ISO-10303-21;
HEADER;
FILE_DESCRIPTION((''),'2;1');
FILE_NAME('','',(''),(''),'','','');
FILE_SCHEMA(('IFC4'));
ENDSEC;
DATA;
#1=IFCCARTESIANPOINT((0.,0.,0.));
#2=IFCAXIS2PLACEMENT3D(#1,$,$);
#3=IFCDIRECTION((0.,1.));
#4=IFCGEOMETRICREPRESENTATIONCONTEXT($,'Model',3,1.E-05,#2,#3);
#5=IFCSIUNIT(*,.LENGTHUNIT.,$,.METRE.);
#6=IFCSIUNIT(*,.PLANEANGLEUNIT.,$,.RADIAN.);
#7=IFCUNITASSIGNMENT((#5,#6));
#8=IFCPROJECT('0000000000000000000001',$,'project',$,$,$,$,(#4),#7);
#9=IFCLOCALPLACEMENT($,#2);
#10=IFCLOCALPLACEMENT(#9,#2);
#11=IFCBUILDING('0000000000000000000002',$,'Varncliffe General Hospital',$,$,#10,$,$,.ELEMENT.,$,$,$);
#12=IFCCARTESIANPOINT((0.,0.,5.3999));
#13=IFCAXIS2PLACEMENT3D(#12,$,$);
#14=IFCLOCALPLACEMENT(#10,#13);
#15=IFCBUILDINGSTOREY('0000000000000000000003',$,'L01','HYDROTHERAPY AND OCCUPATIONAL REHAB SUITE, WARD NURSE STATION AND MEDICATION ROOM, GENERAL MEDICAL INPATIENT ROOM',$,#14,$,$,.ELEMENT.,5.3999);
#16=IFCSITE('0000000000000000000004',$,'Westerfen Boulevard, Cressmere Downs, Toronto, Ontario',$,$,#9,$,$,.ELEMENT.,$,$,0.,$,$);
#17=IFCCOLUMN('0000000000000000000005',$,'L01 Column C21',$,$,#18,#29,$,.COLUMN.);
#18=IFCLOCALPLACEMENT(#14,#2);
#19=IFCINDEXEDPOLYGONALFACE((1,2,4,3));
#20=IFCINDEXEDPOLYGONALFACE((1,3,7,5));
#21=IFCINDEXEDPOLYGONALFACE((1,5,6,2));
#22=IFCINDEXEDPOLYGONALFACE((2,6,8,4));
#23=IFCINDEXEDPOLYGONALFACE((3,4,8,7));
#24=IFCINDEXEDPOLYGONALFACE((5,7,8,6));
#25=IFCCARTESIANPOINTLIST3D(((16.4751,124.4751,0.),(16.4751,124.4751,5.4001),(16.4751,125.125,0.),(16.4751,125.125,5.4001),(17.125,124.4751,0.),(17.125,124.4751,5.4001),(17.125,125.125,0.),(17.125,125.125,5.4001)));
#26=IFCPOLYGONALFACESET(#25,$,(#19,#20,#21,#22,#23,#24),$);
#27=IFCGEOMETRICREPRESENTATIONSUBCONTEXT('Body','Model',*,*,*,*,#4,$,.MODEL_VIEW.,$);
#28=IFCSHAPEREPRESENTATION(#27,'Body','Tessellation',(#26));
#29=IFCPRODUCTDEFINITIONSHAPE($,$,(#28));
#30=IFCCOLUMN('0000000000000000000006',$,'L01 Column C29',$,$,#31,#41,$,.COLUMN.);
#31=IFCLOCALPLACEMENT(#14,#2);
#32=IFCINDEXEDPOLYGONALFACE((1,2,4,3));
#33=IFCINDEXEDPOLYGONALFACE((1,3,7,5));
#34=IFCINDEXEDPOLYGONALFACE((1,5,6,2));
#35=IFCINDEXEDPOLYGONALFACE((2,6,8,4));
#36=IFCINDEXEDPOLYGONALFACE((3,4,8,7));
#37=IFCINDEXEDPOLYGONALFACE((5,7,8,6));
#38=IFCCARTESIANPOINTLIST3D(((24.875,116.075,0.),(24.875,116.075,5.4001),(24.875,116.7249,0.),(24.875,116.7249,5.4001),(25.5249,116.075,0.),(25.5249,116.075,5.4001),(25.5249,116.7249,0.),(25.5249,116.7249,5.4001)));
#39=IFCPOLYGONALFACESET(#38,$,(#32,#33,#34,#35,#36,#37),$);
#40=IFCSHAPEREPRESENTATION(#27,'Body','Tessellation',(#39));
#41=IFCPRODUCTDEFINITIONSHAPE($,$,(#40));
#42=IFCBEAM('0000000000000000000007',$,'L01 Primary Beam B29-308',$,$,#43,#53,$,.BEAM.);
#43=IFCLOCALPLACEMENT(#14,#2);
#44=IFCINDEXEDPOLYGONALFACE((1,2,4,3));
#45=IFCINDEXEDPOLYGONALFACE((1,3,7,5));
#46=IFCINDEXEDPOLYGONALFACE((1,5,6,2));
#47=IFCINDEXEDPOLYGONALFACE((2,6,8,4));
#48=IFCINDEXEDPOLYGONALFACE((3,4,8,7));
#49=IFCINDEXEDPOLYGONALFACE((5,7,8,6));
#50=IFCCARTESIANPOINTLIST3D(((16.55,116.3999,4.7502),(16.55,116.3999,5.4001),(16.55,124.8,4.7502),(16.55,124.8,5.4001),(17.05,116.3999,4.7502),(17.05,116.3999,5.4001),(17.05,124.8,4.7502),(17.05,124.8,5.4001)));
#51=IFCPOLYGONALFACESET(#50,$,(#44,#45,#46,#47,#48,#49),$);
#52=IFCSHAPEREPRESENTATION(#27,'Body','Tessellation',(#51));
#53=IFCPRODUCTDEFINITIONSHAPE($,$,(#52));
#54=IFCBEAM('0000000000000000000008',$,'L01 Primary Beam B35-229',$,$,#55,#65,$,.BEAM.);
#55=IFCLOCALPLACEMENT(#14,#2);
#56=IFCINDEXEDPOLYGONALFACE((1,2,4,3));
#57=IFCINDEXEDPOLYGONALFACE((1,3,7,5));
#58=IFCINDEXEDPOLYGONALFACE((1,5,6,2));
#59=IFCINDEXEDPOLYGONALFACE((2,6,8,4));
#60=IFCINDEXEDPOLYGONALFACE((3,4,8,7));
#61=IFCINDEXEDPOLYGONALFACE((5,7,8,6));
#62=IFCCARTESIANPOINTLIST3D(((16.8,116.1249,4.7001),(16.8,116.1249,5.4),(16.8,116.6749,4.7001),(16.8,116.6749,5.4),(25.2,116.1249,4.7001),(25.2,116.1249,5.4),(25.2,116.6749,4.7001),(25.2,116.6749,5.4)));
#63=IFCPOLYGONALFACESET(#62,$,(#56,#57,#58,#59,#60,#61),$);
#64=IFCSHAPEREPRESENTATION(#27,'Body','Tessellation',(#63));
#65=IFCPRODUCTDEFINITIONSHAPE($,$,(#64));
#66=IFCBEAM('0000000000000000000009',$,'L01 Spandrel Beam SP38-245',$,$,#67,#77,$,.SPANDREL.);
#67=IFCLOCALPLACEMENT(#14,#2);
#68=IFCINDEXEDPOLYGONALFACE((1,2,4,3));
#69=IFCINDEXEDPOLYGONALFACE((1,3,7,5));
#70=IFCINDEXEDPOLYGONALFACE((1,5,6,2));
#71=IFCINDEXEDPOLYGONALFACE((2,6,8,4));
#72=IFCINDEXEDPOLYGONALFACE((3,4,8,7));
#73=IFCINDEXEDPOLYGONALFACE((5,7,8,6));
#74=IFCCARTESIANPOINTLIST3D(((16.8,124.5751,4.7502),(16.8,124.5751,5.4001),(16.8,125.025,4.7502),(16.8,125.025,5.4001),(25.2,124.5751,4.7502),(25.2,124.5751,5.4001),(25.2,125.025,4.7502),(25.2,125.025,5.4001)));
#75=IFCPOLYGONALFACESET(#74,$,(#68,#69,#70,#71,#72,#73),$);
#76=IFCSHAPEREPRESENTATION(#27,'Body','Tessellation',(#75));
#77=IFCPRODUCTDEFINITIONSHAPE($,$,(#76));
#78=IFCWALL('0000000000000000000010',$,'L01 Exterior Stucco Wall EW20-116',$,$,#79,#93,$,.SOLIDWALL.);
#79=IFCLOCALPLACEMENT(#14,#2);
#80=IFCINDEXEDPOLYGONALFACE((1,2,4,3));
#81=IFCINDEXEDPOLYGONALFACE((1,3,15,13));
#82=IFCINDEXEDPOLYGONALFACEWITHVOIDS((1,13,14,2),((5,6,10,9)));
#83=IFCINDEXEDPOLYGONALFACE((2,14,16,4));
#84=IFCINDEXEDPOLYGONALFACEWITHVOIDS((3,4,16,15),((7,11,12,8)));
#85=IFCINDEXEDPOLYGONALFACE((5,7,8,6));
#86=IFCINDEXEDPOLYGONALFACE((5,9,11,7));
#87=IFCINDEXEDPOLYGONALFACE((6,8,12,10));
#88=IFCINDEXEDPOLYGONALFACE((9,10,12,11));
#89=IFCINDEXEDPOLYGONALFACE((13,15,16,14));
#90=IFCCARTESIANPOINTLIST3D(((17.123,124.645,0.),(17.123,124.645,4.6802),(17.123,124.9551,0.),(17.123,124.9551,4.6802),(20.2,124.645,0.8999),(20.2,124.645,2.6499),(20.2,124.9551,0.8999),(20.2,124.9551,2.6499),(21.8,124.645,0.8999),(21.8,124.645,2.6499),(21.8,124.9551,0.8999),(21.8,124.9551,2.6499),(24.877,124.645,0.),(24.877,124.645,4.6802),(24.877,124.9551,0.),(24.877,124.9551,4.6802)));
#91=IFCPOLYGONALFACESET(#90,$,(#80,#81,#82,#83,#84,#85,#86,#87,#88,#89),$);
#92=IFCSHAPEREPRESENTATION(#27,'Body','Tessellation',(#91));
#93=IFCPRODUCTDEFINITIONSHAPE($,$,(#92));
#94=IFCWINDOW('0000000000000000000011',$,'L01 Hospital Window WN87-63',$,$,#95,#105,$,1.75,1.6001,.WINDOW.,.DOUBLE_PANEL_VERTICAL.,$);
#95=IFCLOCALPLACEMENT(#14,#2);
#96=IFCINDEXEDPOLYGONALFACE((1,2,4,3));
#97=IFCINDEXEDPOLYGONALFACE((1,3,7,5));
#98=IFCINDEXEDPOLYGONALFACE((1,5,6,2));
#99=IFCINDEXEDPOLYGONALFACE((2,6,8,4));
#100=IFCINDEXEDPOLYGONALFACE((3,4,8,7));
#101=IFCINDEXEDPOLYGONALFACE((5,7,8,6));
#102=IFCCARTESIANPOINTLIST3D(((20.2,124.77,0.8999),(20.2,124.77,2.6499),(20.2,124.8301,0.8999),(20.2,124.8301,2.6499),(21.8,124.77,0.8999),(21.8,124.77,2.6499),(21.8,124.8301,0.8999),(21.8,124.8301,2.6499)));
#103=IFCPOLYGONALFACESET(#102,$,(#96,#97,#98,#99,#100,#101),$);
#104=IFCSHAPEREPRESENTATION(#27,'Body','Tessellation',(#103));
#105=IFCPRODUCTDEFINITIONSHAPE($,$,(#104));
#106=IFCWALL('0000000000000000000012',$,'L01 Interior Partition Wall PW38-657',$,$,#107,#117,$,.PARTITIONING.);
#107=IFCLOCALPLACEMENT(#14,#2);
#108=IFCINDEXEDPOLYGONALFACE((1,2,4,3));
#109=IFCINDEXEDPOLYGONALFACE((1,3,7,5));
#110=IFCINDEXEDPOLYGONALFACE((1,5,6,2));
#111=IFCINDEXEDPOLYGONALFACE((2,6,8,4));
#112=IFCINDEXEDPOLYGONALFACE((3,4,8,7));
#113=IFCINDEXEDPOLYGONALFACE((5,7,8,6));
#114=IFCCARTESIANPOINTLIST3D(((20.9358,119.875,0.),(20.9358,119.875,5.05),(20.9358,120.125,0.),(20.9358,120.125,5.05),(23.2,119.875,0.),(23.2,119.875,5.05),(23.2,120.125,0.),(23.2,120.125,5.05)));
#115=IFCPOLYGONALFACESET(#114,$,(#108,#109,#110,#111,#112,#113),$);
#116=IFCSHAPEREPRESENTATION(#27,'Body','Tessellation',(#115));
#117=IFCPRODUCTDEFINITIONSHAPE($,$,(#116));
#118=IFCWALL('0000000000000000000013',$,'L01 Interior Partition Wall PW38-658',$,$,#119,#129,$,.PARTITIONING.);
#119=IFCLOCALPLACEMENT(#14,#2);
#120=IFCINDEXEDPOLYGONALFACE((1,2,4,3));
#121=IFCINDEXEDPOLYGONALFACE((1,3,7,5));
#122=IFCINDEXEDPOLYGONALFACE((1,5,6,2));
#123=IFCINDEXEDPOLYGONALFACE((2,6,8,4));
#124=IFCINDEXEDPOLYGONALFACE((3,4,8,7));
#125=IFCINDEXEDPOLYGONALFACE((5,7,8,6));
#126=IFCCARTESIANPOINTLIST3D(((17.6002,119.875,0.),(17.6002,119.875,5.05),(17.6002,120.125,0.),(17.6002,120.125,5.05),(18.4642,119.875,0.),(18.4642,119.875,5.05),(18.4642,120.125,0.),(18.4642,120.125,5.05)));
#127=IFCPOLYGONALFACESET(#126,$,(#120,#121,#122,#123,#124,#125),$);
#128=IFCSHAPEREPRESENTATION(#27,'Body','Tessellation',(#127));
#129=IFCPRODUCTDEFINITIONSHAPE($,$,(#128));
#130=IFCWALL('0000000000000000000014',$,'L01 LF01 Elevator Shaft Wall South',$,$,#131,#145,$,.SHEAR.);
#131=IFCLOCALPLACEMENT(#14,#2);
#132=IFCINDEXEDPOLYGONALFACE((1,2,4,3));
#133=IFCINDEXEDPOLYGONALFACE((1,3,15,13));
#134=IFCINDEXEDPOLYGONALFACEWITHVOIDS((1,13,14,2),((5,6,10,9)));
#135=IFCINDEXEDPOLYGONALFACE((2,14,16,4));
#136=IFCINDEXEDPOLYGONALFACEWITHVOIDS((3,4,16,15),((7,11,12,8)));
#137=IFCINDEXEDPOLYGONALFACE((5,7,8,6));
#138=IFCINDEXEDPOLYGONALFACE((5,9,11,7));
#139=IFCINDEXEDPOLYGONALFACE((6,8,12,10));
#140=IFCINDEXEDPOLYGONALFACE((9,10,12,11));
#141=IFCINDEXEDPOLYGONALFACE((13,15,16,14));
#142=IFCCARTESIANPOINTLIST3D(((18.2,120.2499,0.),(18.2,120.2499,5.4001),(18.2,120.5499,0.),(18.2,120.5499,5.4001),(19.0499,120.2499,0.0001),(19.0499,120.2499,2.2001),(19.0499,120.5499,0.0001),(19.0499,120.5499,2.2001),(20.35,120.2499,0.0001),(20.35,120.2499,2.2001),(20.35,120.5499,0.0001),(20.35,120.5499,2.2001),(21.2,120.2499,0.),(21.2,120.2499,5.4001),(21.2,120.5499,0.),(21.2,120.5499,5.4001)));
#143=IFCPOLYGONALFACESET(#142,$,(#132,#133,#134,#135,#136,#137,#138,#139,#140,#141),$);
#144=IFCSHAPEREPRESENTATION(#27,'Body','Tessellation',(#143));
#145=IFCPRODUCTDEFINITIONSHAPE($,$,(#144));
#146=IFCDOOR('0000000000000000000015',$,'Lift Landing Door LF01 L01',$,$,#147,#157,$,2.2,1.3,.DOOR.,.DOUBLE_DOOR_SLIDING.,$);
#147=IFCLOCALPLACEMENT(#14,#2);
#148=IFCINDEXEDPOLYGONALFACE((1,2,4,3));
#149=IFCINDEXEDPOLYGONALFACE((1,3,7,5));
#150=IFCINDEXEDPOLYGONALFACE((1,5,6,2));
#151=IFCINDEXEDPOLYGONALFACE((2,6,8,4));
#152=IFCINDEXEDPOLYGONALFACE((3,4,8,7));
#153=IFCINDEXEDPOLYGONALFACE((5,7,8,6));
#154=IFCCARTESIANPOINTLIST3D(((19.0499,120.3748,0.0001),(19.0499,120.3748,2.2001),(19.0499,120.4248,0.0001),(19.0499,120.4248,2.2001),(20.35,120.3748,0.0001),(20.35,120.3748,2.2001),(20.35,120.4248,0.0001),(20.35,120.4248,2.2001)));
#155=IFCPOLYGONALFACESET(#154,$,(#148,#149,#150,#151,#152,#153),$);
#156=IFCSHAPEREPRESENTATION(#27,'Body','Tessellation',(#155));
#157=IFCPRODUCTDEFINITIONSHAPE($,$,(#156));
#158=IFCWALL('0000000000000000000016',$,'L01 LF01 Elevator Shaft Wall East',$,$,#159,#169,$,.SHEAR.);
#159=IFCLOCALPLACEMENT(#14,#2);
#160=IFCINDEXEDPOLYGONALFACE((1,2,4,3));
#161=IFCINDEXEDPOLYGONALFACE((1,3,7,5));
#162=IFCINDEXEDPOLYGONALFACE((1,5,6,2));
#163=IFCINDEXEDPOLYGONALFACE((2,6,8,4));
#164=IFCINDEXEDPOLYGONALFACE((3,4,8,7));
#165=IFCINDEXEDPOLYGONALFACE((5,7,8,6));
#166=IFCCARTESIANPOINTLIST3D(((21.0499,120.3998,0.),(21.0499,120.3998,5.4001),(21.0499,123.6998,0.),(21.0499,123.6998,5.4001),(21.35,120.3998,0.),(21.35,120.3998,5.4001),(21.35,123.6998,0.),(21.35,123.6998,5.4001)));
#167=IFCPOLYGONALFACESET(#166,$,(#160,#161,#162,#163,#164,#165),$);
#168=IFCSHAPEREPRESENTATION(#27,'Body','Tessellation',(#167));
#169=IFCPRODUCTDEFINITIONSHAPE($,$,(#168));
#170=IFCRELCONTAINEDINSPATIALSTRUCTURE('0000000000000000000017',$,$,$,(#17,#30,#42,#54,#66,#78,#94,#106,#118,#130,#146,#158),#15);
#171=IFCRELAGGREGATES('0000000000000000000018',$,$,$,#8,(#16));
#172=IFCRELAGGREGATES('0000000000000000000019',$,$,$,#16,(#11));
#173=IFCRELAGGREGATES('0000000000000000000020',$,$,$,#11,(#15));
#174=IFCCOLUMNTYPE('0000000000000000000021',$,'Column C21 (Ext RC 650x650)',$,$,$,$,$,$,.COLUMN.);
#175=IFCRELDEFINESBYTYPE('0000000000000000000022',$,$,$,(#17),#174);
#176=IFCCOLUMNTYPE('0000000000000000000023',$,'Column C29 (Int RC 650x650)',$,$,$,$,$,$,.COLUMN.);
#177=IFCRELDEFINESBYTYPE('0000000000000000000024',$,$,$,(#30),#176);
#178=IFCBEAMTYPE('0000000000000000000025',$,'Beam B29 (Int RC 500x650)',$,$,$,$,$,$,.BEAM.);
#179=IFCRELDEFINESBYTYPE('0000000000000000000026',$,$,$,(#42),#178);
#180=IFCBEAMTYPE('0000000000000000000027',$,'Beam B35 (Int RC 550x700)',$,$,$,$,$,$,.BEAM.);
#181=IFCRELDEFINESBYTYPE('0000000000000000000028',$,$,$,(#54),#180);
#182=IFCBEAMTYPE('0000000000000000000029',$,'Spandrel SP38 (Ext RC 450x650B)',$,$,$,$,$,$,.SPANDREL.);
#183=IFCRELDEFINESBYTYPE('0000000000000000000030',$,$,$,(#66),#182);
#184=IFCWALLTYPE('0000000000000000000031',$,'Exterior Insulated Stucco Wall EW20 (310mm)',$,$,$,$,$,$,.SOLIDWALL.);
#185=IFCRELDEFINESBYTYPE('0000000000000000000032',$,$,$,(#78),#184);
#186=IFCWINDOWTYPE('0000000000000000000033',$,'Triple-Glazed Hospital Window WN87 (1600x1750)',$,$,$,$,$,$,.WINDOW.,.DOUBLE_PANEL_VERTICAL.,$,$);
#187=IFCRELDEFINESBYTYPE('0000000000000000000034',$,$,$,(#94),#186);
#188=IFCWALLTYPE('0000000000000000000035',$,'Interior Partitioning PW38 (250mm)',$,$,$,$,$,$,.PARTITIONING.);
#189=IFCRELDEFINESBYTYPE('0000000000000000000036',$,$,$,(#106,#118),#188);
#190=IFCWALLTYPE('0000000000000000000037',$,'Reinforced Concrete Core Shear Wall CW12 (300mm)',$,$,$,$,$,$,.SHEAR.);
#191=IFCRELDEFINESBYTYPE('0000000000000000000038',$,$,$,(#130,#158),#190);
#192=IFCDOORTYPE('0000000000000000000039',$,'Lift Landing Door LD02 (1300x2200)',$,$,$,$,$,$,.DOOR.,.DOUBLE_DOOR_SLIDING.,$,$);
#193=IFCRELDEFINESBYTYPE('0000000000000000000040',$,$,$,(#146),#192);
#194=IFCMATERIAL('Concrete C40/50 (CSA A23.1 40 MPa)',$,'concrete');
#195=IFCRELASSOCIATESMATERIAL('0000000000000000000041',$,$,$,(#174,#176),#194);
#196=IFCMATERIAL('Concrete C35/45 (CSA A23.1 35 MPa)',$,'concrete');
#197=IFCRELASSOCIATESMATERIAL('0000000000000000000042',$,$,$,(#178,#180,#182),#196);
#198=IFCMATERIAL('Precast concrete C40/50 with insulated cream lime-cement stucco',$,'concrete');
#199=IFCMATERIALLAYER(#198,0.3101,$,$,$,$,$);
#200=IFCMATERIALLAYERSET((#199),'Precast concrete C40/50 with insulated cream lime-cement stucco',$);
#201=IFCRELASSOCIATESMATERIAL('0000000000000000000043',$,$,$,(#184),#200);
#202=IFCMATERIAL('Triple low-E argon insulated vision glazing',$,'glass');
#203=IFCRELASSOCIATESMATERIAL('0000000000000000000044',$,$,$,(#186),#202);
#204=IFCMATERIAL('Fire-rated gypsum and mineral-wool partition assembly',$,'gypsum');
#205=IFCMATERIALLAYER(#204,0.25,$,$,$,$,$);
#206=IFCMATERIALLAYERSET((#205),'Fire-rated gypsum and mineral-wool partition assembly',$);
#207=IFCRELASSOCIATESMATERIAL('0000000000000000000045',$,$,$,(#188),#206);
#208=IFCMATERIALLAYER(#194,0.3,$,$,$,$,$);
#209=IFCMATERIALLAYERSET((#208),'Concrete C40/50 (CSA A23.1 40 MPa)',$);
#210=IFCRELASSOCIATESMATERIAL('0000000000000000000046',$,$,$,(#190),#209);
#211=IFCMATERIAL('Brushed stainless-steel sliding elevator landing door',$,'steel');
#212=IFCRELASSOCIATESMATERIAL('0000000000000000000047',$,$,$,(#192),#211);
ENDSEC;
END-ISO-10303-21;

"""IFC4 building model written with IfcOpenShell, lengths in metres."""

from ifc_helpers import new_model, si_unit, direction, frame, frame_2d, origin, origin_2d, place, context, subcontext, project, spatial, rectangle, extrude, material, layer, layer_set, material_profile, profile_set, type_object, element, fill, save


model = new_model("IFC4")

# Units and contexts
model_context = context("Model", 3, precision=1e-05, world=origin(), true_north=direction((0.0, 1.0)))
body_context = subcontext(model_context, "Body", "Model", "MODEL_VIEW")
ifc_project = project(units=[si_unit("LENGTHUNIT", "METRE"), si_unit("PLANEANGLEUNIT", "RADIAN")], contexts=[model_context])

# Site, building, storey
site_placement = place(None, origin())
site = spatial("IfcSite", under=ifc_project, at=site_placement, Name="Westerfen Boulevard, Cressmere Downs, Toronto, Ontario", CompositionType="ELEMENT", RefElevation=0.0)
building_placement = place(site_placement, origin())
building = spatial("IfcBuilding", under=site, at=building_placement, Name="Varncliffe General Hospital", CompositionType="ELEMENT")
storey_placement = place(building_placement, frame((0.0, 0.0, 5.3999)))
storey = spatial("IfcBuildingStorey", under=building, at=storey_placement, Name="L01", Description="HYDROTHERAPY AND OCCUPATIONAL REHAB SUITE, WARD NURSE STATION AND MEDICATION ROOM, GENERAL MEDICAL INPATIENT ROOM", CompositionType="ELEMENT", Elevation=5.3999)

# Columns
ifc_material_1 = material(Name="Concrete C40/50 (CSA A23.1 40 MPa)", Category="concrete")
ifc_material_profile_1 = material_profile(ifc_material_1, rectangle(XDim=0.6499, YDim=0.6499, at=origin_2d()), Name="RC 650x650")
ifc_profile_set_1 = profile_set([ifc_material_profile_1], Name="Concrete C40/50 (CSA A23.1 40 MPa)")
column_type_1 = type_object("IfcColumnType", Name="Column C21 (Ext RC 650x650)", PredefinedType="COLUMN", material=ifc_profile_set_1)
column_1_placement = place(storey_placement, frame((16.8, 124.8, 0.0), z_axis=(0.0, 0.0, 1.0), x_axis=(1.0, 0.0, 0.0)))
element("IfcColumn", 1, at=column_1_placement, inside=storey, type_object=column_type_1, Name="L01 Column C21", PredefinedType="COLUMN", context=body_context, shape_type="SweptSolid", body=[
    extrude(rectangle(XDim=0.6499, YDim=0.6499, at=origin_2d()), origin(), (0.0, 0.0, 1.0), 5.4001),
])
ifc_material_profile_2 = material_profile(ifc_material_1, rectangle(XDim=0.6499, YDim=0.6499, at=origin_2d()), Name="RC 650x650")
ifc_profile_set_2 = profile_set([ifc_material_profile_2], Name="Concrete C40/50 (CSA A23.1 40 MPa)")
column_type_2 = type_object("IfcColumnType", Name="Column C29 (Int RC 650x650)", PredefinedType="COLUMN", material=ifc_profile_set_2)
column_2_placement = place(storey_placement, frame((25.2, 116.3999, 0.0), z_axis=(0.0, 0.0, 1.0), x_axis=(1.0, 0.0, 0.0)))
element("IfcColumn", 2, at=column_2_placement, inside=storey, type_object=column_type_2, Name="L01 Column C29", PredefinedType="COLUMN", context=body_context, shape_type="SweptSolid", body=[
    extrude(rectangle(XDim=0.6499, YDim=0.6499, at=origin_2d()), origin(), (0.0, 0.0, 1.0), 5.4001),
])

# Beams
ifc_material_2 = material(Name="Concrete C35/45 (CSA A23.1 35 MPa)", Category="concrete")
ifc_material_profile_3 = material_profile(ifc_material_2, rectangle(XDim=0.5, YDim=0.6499, at=origin_2d()), Name="RC 500x650")
ifc_profile_set_3 = profile_set([ifc_material_profile_3], Name="Concrete C35/45 (CSA A23.1 35 MPa)")
beam_type_1 = type_object("IfcBeamType", Name="Beam B29 (Int RC 500x650)", PredefinedType="BEAM", material=ifc_profile_set_3)
beam_1_placement = place(storey_placement, frame((16.8, 116.3999, 5.0752), z_axis=(0.0, 1.0, 0.0), x_axis=(-1.0, 0.0, 0.0)))
element("IfcBeam", 3, at=beam_1_placement, inside=storey, type_object=beam_type_1, Name="L01 Primary Beam B29-308", PredefinedType="BEAM", context=body_context, shape_type="SweptSolid", body=[
    extrude(rectangle(XDim=0.5, YDim=0.6499, at=origin_2d()), origin(), (0.0, 0.0, 1.0), 8.4001),
])
ifc_material_profile_4 = material_profile(ifc_material_2, rectangle(XDim=0.55, YDim=0.7, at=origin_2d()), Name="RC 550x700")
ifc_profile_set_4 = profile_set([ifc_material_profile_4], Name="Concrete C35/45 (CSA A23.1 35 MPa)")
beam_type_2 = type_object("IfcBeamType", Name="Beam B35 (Int RC 550x700)", PredefinedType="BEAM", material=ifc_profile_set_4)
beam_2_placement = place(storey_placement, frame((16.8, 116.3999, 5.05), z_axis=(1.0, 0.0, 0.0), x_axis=(0.0, 1.0, 0.0)))
element("IfcBeam", 4, at=beam_2_placement, inside=storey, type_object=beam_type_2, Name="L01 Primary Beam B35-229", PredefinedType="BEAM", context=body_context, shape_type="SweptSolid", body=[
    extrude(rectangle(XDim=0.55, YDim=0.7, at=origin_2d()), origin(), (0.0, 0.0, 1.0), 8.3999),
])
ifc_material_profile_5 = material_profile(ifc_material_2, rectangle(XDim=0.45, YDim=0.6499, at=origin_2d()), Name="RC 450x650")
ifc_profile_set_5 = profile_set([ifc_material_profile_5], Name="Concrete C35/45 (CSA A23.1 35 MPa)")
beam_type_3 = type_object("IfcBeamType", Name="Spandrel SP38 (Ext RC 450x650B)", PredefinedType="SPANDREL", material=ifc_profile_set_5)
beam_3_placement = place(storey_placement, frame((16.8, 124.8, 5.0752), z_axis=(1.0, 0.0, 0.0), x_axis=(0.0, 1.0, 0.0)))
element("IfcBeam", 5, at=beam_3_placement, inside=storey, type_object=beam_type_3, Name="L01 Spandrel Beam SP38-245", PredefinedType="SPANDREL", context=body_context, shape_type="SweptSolid", body=[
    extrude(rectangle(XDim=0.45, YDim=0.6499, at=origin_2d()), origin(), (0.0, 0.0, 1.0), 8.3999),
])

# Wall, opening, window
ifc_material_3 = material(Name="Precast concrete C40/50 with insulated cream lime-cement stucco", Category="concrete")
ifc_layer_1 = layer(ifc_material_3, 0.3101)
ifc_layer_set_1 = layer_set([ifc_layer_1], Name="Precast concrete C40/50 with insulated cream lime-cement stucco")
wall_type_1 = type_object("IfcWallType", Name="Exterior Insulated Stucco Wall EW20 (310mm)", PredefinedType="SOLIDWALL", material=ifc_layer_set_1)
wall_1_placement = place(storey_placement, frame((17.123, 124.8, 0.0), z_axis=(0.0, 0.0, 1.0), x_axis=(1.0, 0.0, 0.0)))
wall_1 = element("IfcWall", 6, at=wall_1_placement, inside=storey, type_object=wall_type_1, Name="L01 Exterior Stucco Wall EW20-116", PredefinedType="SOLIDWALL", context=body_context, shape_type="SweptSolid", body=[
    extrude(rectangle(XDim=7.7539, YDim=0.3101, at=frame_2d((3.877, 0.0))), origin(), (0.0, 0.0, 1.0), 4.6802),
])
opening_1_placement = place(wall_1_placement, frame((3.0769, 0.0, 0.8999)))
opening_1 = element("IfcOpeningElement", 7, at=opening_1_placement, cuts=wall_1, PredefinedType="OPENING", context=body_context, shape_type="SweptSolid", body=[
    extrude(rectangle(XDim=1.6001, YDim=1.75, at=frame_2d((0.8, 0.875))), frame((0.0, 0.165, 0.0), z_axis=(0.0, -1.0, 0.0), x_axis=(1.0, 0.0, 0.0)), (0.0, 0.0, 1.0), 0.3301),
])
ifc_material_4 = material(Name="Triple low-E argon insulated vision glazing", Category="glass")
window_type = type_object("IfcWindowType", Name="Triple-Glazed Hospital Window WN87 (1600x1750)", PartitioningType="DOUBLE_PANEL_VERTICAL", PredefinedType="WINDOW", material=ifc_material_4)
window_placement = place(opening_1_placement, origin())
window = element("IfcWindow", 8, at=window_placement, inside=storey, type_object=window_type, Name="L01 Hospital Window WN87-63", OverallHeight=1.75, OverallWidth=1.6001, PartitioningType="DOUBLE_PANEL_VERTICAL", PredefinedType="WINDOW", context=body_context, shape_type="SweptSolid", body=[
    extrude(rectangle(XDim=1.6001, YDim=1.75, at=frame_2d((0.8, 0.875))), frame((0.0, 0.03, 0.0), z_axis=(0.0, -1.0, 0.0), x_axis=(1.0, 0.0, 0.0)), (0.0, 0.0, 1.0), 0.0601),
])
fill(opening_1, window)

# Walls
ifc_material_5 = material(Name="Fire-rated gypsum and mineral-wool partition assembly", Category="gypsum")
ifc_layer_2 = layer(ifc_material_5, 0.25)
ifc_layer_set_2 = layer_set([ifc_layer_2], Name="Fire-rated gypsum and mineral-wool partition assembly")
wall_type_2 = type_object("IfcWallType", Name="Interior Partitioning PW38 (250mm)", PredefinedType="PARTITIONING", material=ifc_layer_set_2)
wall_2_placement = place(storey_placement, frame((20.9358, 120.0, 0.0), z_axis=(0.0, 0.0, 1.0), x_axis=(1.0, 0.0, 0.0)))
element("IfcWall", 9, at=wall_2_placement, inside=storey, type_object=wall_type_2, Name="L01 Interior Partition Wall PW38-657", PredefinedType="PARTITIONING", context=body_context, shape_type="SweptSolid", body=[
    extrude(rectangle(XDim=2.2642, YDim=0.25, at=frame_2d((1.1321, 0.0))), origin(), (0.0, 0.0, 1.0), 5.05),
])
wall_3_placement = place(storey_placement, frame((17.6001, 120.0, 0.0), z_axis=(0.0, 0.0, 1.0), x_axis=(1.0, 0.0, 0.0)))
element("IfcWall", 10, at=wall_3_placement, inside=storey, type_object=wall_type_2, Name="L01 Interior Partition Wall PW38-658", PredefinedType="PARTITIONING", context=body_context, shape_type="SweptSolid", body=[
    extrude(rectangle(XDim=0.864, YDim=0.25, at=frame_2d((0.4321, 0.0))), origin(), (0.0, 0.0, 1.0), 5.05),
])

# Wall, opening, door
ifc_layer_3 = layer(ifc_material_1, 0.3)
ifc_layer_set_3 = layer_set([ifc_layer_3], Name="Concrete C40/50 (CSA A23.1 40 MPa)")
wall_type_3 = type_object("IfcWallType", Name="Reinforced Concrete Core Shear Wall CW12 (300mm)", PredefinedType="SHEAR", material=ifc_layer_set_3)
wall_4_placement = place(storey_placement, frame((18.2, 120.3999, 0.0), z_axis=(0.0, 0.0, 1.0), x_axis=(1.0, 0.0, 0.0)))
wall_4 = element("IfcWall", 11, at=wall_4_placement, inside=storey, type_object=wall_type_3, Name="L01 LF01 Elevator Shaft Wall South", PredefinedType="SHEAR", context=body_context, shape_type="SweptSolid", body=[
    extrude(rectangle(XDim=3.0, YDim=0.3, at=frame_2d((1.5, 0.0))), origin(), (0.0, 0.0, 1.0), 5.4001),
])
opening_2_placement = place(wall_4_placement, frame((0.8501, 0.0, 0.0)))
opening_2 = element("IfcOpeningElement", 12, at=opening_2_placement, cuts=wall_4, PredefinedType="OPENING", context=body_context, shape_type="SweptSolid", body=[
    extrude(rectangle(XDim=1.3, YDim=2.2, at=frame_2d((0.6499, 1.1001))), frame((0.0, 0.1602, 0.0), z_axis=(0.0, -1.0, 0.0), x_axis=(1.0, 0.0, 0.0)), (0.0, 0.0, 1.0), 0.3201),
])
ifc_material_6 = material(Name="Brushed stainless-steel sliding elevator landing door", Category="steel")
door_type = type_object("IfcDoorType", Name="Lift Landing Door LD02 (1300x2200)", OperationType="DOUBLE_DOOR_SLIDING", PredefinedType="DOOR", material=ifc_material_6)
door_placement = place(opening_2_placement, origin())
door = element("IfcDoor", 13, at=door_placement, inside=storey, type_object=door_type, Name="Lift Landing Door LF01 L01", OperationType="DOUBLE_DOOR_SLIDING", OverallHeight=2.2, OverallWidth=1.3, PredefinedType="DOOR", context=body_context, shape_type="SweptSolid", body=[
    extrude(rectangle(XDim=1.3, YDim=2.2, at=frame_2d((0.6499, 1.1001))), frame((0.0, 0.0249, 0.0), z_axis=(0.0, -1.0, 0.0), x_axis=(1.0, 0.0, 0.0)), (0.0, 0.0, 1.0), 0.05),
])
fill(opening_2, door)

# Wall
wall_5_placement = place(storey_placement, frame((21.2, 120.3999, 0.0), z_axis=(0.0, 0.0, 1.0), x_axis=(0.0, 1.0, 0.0)))
element("IfcWall", 14, at=wall_5_placement, inside=storey, type_object=wall_type_3, Name="L01 LF01 Elevator Shaft Wall East", PredefinedType="SHEAR", context=body_context, shape_type="SweptSolid", body=[
    extrude(rectangle(XDim=3.3, YDim=0.3, at=frame_2d((1.6499, 0.0))), origin(), (0.0, 0.0, 1.0), 5.4001),
])

save(model, "model.ifc")
